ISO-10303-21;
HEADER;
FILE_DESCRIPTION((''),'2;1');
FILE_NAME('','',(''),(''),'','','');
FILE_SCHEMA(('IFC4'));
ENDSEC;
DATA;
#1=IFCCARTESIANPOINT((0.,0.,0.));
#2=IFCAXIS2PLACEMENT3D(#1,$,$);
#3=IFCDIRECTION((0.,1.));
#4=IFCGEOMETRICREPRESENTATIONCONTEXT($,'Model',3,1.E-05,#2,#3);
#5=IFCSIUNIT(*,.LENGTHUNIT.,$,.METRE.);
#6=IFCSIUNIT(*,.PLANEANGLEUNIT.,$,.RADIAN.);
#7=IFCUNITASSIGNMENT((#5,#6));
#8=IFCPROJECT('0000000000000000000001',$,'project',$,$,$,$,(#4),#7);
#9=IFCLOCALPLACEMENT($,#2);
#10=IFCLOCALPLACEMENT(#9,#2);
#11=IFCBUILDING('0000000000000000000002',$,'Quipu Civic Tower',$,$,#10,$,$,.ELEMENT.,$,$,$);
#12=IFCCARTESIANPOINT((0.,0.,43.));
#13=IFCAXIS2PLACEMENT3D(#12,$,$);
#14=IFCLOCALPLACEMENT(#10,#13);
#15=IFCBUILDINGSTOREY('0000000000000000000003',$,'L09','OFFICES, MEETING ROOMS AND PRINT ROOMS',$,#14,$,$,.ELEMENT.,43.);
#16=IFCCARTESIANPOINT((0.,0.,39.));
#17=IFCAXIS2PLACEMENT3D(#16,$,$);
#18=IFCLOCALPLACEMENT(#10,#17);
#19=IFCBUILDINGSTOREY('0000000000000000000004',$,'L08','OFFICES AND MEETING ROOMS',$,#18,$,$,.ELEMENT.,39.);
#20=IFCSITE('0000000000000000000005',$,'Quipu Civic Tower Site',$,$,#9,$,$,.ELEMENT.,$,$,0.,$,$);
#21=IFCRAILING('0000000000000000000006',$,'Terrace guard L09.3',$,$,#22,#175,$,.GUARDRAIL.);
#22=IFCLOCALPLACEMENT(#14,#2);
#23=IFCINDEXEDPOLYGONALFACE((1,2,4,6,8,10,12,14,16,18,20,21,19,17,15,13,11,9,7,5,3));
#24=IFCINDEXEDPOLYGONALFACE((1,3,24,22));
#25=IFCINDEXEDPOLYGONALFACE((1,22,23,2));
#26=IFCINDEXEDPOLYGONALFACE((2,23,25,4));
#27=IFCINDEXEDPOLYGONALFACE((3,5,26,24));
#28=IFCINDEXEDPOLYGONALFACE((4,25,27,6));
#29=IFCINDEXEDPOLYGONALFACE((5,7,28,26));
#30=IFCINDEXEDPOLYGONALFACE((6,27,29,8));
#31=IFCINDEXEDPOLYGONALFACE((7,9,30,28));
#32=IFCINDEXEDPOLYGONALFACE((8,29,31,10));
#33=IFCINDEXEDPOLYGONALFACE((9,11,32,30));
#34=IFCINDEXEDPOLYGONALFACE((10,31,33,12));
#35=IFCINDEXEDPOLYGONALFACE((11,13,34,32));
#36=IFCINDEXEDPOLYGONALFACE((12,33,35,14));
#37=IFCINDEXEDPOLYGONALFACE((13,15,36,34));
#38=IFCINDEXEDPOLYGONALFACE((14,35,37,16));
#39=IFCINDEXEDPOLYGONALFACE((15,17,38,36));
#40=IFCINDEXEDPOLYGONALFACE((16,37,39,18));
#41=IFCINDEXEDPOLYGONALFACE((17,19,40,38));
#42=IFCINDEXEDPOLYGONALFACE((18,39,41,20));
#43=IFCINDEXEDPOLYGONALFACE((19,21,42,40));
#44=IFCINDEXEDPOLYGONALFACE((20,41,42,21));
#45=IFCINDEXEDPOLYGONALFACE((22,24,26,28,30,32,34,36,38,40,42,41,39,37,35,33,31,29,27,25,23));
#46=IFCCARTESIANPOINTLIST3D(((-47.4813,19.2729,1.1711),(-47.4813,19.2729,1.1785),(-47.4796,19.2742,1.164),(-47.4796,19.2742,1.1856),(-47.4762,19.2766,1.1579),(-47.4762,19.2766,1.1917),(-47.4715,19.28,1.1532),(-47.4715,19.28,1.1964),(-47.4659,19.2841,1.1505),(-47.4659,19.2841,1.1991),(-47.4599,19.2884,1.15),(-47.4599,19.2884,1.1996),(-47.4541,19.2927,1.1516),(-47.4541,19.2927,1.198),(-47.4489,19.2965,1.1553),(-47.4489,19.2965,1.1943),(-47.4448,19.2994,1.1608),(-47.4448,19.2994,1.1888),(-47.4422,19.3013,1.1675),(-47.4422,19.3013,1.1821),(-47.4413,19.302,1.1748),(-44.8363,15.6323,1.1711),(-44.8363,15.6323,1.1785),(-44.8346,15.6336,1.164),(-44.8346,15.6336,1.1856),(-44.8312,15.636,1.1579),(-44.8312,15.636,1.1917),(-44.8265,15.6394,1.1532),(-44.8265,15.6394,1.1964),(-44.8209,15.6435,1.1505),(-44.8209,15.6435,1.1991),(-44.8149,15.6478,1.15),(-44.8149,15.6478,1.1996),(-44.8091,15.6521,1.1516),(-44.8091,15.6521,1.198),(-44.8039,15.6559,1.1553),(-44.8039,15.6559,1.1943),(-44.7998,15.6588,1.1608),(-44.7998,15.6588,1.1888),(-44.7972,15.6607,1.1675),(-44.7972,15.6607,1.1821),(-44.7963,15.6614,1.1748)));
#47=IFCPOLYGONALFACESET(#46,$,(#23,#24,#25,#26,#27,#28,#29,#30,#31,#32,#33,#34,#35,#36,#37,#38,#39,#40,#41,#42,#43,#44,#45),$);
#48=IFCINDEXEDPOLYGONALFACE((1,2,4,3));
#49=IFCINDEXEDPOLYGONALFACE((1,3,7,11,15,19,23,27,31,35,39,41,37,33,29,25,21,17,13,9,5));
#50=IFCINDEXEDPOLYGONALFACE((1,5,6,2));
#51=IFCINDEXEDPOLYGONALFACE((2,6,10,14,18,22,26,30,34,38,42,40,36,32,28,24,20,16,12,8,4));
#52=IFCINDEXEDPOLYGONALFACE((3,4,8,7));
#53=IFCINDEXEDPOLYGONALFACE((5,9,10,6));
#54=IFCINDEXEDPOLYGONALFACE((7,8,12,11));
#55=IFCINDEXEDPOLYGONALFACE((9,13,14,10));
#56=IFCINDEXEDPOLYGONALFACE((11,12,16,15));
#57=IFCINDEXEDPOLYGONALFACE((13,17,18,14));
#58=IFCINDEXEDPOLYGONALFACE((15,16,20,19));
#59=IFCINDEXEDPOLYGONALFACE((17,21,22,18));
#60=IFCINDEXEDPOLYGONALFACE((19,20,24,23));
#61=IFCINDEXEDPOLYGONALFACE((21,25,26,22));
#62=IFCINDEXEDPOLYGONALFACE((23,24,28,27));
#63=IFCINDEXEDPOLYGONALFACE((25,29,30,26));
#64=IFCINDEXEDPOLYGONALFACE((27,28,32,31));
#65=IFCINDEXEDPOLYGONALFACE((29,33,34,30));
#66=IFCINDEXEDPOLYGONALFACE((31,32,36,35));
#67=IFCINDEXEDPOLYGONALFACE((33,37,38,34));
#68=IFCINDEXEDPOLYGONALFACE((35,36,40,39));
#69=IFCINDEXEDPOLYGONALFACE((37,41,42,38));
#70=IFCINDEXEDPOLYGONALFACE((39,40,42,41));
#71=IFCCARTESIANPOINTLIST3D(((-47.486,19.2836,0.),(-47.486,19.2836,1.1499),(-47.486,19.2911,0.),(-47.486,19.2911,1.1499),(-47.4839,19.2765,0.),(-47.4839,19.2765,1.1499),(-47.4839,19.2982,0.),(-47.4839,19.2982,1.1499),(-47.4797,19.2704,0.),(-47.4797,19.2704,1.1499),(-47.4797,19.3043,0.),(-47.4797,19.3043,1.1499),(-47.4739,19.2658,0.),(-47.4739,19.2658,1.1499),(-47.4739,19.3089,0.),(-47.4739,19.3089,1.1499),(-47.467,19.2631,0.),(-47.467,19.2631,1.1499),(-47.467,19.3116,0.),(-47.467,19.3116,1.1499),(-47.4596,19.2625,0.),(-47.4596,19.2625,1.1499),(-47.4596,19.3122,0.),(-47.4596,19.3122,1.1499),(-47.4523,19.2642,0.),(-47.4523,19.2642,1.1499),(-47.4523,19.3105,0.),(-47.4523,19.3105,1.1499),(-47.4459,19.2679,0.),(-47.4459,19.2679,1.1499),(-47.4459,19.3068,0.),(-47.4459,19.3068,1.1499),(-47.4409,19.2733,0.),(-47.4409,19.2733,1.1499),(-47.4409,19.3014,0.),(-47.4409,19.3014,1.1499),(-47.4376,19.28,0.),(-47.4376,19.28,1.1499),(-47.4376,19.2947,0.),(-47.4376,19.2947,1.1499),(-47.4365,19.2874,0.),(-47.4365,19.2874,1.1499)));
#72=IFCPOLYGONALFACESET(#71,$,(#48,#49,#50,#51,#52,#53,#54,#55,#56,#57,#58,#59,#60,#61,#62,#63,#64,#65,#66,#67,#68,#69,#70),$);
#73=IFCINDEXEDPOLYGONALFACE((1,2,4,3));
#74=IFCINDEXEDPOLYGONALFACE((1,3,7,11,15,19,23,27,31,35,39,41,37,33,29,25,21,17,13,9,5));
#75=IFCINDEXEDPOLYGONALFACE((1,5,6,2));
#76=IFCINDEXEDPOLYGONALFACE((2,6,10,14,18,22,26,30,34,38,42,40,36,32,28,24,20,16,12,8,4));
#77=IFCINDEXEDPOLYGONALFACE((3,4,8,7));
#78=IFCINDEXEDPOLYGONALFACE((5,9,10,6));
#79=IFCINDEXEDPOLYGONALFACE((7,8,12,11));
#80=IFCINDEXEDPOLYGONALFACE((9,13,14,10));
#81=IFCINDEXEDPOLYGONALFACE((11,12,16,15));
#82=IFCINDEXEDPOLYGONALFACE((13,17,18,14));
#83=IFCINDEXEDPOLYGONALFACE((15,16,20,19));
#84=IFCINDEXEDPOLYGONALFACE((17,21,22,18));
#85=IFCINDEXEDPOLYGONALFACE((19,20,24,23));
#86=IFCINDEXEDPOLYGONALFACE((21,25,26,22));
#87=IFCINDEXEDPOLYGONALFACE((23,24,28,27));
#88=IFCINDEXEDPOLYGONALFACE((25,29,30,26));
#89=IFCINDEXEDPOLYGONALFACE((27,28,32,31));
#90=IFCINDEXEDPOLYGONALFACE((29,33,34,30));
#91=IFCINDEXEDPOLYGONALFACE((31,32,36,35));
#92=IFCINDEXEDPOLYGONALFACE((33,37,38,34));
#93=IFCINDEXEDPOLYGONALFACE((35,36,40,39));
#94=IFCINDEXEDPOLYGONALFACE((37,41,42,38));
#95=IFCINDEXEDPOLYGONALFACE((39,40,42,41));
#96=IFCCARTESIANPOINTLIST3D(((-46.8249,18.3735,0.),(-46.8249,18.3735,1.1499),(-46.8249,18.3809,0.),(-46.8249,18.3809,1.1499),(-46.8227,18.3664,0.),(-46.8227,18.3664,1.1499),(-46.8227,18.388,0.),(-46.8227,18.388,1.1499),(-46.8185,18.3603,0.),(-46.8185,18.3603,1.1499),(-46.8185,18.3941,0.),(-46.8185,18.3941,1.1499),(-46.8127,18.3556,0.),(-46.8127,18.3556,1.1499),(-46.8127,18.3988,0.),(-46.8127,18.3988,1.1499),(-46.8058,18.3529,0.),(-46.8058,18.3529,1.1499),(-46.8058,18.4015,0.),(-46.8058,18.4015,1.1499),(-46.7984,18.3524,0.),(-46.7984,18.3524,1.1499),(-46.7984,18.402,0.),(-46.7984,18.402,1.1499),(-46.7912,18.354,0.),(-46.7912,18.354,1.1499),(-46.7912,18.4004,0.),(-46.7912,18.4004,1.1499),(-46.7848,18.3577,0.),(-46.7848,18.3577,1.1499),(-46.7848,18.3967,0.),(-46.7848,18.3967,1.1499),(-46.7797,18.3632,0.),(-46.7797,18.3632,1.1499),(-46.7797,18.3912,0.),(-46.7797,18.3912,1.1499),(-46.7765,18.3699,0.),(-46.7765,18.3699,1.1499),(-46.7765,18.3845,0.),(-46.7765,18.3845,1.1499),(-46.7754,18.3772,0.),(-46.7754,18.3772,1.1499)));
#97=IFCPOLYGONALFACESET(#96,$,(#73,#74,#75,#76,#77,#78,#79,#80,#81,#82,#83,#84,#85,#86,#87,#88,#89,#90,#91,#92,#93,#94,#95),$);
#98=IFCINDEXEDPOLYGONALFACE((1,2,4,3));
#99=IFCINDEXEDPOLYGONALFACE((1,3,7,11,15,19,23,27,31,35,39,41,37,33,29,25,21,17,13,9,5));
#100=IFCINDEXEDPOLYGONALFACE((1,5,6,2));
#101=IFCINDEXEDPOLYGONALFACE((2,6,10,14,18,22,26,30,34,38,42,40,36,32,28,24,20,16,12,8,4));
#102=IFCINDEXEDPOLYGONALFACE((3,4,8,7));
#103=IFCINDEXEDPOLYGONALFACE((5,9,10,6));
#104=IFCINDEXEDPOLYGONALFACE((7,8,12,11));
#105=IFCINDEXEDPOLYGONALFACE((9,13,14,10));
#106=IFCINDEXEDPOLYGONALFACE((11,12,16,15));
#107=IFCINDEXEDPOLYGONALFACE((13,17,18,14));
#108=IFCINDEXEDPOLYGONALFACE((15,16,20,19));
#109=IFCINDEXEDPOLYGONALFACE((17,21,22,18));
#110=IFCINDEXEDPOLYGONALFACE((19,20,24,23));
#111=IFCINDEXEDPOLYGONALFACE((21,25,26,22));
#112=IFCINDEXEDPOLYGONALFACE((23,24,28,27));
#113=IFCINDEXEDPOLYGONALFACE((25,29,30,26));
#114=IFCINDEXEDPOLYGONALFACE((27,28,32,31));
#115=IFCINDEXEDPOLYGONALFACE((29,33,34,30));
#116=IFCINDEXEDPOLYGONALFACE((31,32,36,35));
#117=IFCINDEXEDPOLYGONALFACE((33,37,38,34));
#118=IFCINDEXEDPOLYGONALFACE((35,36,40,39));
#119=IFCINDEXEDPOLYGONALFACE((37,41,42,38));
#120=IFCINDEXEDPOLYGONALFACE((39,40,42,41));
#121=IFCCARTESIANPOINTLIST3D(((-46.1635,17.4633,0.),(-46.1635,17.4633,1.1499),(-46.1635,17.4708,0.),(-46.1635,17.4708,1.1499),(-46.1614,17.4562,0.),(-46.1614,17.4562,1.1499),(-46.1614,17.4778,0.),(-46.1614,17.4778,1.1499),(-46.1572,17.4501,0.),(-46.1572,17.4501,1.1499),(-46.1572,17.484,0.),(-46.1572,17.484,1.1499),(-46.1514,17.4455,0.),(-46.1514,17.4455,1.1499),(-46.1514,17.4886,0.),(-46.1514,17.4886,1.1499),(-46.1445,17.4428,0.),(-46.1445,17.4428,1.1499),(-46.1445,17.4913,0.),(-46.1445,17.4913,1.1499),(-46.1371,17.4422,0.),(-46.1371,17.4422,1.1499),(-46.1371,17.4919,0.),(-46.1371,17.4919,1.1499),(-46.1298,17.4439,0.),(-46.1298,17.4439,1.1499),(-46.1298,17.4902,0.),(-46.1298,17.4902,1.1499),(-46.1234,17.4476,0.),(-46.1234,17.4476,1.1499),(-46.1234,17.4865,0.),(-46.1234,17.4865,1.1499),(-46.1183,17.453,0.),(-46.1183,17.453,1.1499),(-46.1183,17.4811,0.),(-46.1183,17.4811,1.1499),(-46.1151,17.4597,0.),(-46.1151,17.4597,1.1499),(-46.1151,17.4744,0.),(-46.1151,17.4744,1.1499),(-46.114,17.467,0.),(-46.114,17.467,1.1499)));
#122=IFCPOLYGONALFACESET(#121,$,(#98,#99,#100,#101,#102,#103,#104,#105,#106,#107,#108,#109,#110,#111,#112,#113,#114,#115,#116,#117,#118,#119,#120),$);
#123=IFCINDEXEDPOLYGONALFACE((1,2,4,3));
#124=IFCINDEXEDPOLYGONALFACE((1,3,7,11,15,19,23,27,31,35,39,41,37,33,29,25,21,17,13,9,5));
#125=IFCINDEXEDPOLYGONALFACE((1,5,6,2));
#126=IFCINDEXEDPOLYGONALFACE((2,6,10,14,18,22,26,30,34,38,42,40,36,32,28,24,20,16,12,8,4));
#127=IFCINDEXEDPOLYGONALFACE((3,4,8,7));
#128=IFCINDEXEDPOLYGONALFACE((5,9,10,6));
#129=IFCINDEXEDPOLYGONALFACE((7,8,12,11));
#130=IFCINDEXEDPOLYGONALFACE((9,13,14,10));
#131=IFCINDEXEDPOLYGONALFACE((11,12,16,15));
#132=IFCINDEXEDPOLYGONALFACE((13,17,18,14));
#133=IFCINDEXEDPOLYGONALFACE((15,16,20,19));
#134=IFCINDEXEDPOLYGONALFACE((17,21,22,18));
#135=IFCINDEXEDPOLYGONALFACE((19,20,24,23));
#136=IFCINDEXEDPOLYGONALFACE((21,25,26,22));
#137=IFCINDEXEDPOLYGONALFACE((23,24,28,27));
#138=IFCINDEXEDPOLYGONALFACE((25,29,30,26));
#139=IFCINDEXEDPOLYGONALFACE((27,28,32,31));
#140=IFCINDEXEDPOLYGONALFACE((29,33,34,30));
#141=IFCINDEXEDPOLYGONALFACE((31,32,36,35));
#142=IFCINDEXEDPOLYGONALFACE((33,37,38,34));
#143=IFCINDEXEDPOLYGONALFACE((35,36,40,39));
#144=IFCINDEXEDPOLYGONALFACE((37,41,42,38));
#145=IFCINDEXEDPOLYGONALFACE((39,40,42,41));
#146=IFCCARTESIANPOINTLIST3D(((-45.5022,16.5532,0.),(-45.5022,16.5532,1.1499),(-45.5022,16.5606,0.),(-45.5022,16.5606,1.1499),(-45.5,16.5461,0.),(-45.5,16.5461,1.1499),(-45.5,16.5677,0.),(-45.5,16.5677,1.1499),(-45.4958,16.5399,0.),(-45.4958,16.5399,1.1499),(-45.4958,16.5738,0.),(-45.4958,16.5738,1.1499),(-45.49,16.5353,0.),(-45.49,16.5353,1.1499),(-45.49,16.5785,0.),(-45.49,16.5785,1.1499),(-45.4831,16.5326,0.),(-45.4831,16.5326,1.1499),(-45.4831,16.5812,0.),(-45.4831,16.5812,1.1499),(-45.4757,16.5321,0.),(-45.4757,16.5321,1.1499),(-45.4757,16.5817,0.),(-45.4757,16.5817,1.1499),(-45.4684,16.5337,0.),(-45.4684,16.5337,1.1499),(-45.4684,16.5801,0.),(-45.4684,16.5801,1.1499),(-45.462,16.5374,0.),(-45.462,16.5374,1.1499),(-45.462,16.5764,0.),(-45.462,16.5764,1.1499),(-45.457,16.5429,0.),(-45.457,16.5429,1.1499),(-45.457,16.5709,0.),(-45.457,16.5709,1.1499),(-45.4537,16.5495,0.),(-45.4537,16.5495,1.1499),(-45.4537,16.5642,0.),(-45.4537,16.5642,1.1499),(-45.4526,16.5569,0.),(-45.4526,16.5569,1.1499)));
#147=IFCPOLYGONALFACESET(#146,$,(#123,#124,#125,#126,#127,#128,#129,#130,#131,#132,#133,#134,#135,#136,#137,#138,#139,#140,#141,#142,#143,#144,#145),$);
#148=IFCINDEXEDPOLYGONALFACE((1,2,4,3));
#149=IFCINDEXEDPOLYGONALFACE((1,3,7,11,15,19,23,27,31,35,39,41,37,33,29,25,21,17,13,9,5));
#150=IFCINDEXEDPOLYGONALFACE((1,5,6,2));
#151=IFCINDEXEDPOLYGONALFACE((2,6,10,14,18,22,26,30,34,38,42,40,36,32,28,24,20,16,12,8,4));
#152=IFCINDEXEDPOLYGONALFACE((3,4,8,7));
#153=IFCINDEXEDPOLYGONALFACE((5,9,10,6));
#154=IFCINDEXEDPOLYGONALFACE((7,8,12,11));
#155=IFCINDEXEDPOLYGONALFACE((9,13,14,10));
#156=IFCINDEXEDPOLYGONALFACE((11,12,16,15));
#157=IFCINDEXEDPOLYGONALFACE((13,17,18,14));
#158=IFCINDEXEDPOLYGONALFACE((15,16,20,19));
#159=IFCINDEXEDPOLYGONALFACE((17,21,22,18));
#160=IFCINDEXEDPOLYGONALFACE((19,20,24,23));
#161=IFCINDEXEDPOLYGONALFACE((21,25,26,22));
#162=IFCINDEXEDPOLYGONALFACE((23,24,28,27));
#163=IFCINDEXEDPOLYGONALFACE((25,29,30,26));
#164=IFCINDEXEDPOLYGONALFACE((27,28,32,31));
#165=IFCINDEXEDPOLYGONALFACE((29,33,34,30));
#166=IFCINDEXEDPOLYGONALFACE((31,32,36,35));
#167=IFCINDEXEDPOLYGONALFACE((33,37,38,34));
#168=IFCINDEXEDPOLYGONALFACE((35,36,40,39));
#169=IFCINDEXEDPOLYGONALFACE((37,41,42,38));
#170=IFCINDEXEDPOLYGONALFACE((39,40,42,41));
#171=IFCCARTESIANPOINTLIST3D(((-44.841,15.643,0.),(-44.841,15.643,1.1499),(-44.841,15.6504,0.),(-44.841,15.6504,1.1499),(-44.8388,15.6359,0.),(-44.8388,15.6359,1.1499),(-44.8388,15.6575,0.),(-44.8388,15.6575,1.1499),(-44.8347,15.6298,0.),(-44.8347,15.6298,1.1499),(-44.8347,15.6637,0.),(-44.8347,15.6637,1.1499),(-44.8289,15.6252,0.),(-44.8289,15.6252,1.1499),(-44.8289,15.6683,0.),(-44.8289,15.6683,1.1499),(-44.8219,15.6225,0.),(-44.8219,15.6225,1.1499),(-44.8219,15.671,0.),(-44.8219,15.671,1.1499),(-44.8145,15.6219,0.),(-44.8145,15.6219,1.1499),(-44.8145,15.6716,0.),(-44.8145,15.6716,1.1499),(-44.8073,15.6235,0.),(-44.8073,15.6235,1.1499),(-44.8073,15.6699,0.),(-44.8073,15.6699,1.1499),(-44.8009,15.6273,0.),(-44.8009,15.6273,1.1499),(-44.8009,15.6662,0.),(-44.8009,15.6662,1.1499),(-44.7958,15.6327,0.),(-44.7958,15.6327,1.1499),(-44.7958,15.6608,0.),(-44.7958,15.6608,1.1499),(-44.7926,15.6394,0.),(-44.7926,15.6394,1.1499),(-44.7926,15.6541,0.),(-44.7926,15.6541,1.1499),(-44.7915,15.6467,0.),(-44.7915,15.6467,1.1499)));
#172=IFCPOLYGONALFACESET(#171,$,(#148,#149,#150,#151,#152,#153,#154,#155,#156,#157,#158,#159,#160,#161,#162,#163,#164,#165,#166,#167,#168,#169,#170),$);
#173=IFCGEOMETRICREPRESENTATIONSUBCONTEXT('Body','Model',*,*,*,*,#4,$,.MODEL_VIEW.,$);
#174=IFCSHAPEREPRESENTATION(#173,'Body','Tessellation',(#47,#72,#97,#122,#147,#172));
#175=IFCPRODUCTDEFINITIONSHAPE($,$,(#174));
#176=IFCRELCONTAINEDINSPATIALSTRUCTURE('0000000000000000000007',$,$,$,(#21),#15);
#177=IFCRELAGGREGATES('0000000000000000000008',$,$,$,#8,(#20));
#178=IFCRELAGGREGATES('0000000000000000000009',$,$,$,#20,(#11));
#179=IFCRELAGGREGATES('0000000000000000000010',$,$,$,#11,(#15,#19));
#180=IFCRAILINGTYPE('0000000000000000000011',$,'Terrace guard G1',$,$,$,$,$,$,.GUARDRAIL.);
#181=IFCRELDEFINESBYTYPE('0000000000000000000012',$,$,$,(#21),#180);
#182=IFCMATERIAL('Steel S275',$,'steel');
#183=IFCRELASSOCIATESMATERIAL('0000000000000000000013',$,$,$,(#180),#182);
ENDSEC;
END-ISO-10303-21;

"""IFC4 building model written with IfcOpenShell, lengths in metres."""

from ifc_helpers import new_model, si_unit, direction, frame, origin, origin_2d, place, context, subcontext, project, spatial, circle, extrude, material, type_object, element, save


model = new_model("IFC4")

# Units and contexts
model_context = context("Model", 3, precision=1e-05, world=origin(), true_north=direction((0.0, 1.0)))
body_context = subcontext(model_context, "Body", "Model", "MODEL_VIEW")
ifc_project = project(units=[si_unit("LENGTHUNIT", "METRE"), si_unit("PLANEANGLEUNIT", "RADIAN")], contexts=[model_context])

# Site, building, storey
site_placement = place(None, origin())
site = spatial("IfcSite", under=ifc_project, at=site_placement, Name="Quipu Civic Tower Site", CompositionType="ELEMENT", RefElevation=0.0)
building_placement = place(site_placement, origin())
building = spatial("IfcBuilding", under=site, at=building_placement, Name="Quipu Civic Tower", CompositionType="ELEMENT")
storey_1_placement = place(building_placement, frame((0.0, 0.0, 43.0)))
storey_1 = spatial("IfcBuildingStorey", under=building, at=storey_1_placement, Name="L09", Description="OFFICES, MEETING ROOMS AND PRINT ROOMS", CompositionType="ELEMENT", Elevation=43.0)

# Shared definitions
storey_2_placement = place(building_placement, frame((0.0, 0.0, 39.0)))
storey_2 = spatial("IfcBuildingStorey", under=building, at=storey_2_placement, Name="L08", Description="OFFICES AND MEETING ROOMS", CompositionType="ELEMENT", Elevation=39.0)

# Railing
ifc_material_1 = material(Name="Steel S275", Category="steel")
railing_type = type_object("IfcRailingType", Name="Terrace guard G1", PredefinedType="GUARDRAIL", material=ifc_material_1)
for number, where, name in (
    (1, (-47.4614, 19.2874, 0.0), "Terrace guard L09.3"),
):
    element("IfcRailing", number, at=place(storey_1_placement, frame(where)), inside=storey_1, type_object=railing_type, Name=name, PredefinedType="GUARDRAIL", context=body_context, shape_type="SweptSolid", body=[
        extrude(circle(Radius=0.0249, at=origin_2d()), frame((0.0, 0.0, 1.1748), z_axis=(0.587778, -0.809022, 0.0), x_axis=(0.809022, 0.587778, 0.0)), (0.0, 0.0, 1.0), 4.5),
        extrude(circle(Radius=0.0249, at=origin_2d()), origin(), (0.0, 0.0, 1.0), 1.1499),
        extrude(circle(Radius=0.0249, at=origin_2d()), frame((0.6611, -0.9102, 0.0)), (0.0, 0.0, 1.0), 1.1499),
        extrude(circle(Radius=0.0249, at=origin_2d()), frame((1.3225, -1.8203, 0.0)), (0.0, 0.0, 1.0), 1.1499),
        extrude(circle(Radius=0.0249, at=origin_2d()), frame((1.9839, -2.7305, 0.0)), (0.0, 0.0, 1.0), 1.1499),
        extrude(circle(Radius=0.0249, at=origin_2d()), frame((2.645, -3.6406, 0.0)), (0.0, 0.0, 1.0), 1.1499),
    ])

save(model, "model.ifc")
